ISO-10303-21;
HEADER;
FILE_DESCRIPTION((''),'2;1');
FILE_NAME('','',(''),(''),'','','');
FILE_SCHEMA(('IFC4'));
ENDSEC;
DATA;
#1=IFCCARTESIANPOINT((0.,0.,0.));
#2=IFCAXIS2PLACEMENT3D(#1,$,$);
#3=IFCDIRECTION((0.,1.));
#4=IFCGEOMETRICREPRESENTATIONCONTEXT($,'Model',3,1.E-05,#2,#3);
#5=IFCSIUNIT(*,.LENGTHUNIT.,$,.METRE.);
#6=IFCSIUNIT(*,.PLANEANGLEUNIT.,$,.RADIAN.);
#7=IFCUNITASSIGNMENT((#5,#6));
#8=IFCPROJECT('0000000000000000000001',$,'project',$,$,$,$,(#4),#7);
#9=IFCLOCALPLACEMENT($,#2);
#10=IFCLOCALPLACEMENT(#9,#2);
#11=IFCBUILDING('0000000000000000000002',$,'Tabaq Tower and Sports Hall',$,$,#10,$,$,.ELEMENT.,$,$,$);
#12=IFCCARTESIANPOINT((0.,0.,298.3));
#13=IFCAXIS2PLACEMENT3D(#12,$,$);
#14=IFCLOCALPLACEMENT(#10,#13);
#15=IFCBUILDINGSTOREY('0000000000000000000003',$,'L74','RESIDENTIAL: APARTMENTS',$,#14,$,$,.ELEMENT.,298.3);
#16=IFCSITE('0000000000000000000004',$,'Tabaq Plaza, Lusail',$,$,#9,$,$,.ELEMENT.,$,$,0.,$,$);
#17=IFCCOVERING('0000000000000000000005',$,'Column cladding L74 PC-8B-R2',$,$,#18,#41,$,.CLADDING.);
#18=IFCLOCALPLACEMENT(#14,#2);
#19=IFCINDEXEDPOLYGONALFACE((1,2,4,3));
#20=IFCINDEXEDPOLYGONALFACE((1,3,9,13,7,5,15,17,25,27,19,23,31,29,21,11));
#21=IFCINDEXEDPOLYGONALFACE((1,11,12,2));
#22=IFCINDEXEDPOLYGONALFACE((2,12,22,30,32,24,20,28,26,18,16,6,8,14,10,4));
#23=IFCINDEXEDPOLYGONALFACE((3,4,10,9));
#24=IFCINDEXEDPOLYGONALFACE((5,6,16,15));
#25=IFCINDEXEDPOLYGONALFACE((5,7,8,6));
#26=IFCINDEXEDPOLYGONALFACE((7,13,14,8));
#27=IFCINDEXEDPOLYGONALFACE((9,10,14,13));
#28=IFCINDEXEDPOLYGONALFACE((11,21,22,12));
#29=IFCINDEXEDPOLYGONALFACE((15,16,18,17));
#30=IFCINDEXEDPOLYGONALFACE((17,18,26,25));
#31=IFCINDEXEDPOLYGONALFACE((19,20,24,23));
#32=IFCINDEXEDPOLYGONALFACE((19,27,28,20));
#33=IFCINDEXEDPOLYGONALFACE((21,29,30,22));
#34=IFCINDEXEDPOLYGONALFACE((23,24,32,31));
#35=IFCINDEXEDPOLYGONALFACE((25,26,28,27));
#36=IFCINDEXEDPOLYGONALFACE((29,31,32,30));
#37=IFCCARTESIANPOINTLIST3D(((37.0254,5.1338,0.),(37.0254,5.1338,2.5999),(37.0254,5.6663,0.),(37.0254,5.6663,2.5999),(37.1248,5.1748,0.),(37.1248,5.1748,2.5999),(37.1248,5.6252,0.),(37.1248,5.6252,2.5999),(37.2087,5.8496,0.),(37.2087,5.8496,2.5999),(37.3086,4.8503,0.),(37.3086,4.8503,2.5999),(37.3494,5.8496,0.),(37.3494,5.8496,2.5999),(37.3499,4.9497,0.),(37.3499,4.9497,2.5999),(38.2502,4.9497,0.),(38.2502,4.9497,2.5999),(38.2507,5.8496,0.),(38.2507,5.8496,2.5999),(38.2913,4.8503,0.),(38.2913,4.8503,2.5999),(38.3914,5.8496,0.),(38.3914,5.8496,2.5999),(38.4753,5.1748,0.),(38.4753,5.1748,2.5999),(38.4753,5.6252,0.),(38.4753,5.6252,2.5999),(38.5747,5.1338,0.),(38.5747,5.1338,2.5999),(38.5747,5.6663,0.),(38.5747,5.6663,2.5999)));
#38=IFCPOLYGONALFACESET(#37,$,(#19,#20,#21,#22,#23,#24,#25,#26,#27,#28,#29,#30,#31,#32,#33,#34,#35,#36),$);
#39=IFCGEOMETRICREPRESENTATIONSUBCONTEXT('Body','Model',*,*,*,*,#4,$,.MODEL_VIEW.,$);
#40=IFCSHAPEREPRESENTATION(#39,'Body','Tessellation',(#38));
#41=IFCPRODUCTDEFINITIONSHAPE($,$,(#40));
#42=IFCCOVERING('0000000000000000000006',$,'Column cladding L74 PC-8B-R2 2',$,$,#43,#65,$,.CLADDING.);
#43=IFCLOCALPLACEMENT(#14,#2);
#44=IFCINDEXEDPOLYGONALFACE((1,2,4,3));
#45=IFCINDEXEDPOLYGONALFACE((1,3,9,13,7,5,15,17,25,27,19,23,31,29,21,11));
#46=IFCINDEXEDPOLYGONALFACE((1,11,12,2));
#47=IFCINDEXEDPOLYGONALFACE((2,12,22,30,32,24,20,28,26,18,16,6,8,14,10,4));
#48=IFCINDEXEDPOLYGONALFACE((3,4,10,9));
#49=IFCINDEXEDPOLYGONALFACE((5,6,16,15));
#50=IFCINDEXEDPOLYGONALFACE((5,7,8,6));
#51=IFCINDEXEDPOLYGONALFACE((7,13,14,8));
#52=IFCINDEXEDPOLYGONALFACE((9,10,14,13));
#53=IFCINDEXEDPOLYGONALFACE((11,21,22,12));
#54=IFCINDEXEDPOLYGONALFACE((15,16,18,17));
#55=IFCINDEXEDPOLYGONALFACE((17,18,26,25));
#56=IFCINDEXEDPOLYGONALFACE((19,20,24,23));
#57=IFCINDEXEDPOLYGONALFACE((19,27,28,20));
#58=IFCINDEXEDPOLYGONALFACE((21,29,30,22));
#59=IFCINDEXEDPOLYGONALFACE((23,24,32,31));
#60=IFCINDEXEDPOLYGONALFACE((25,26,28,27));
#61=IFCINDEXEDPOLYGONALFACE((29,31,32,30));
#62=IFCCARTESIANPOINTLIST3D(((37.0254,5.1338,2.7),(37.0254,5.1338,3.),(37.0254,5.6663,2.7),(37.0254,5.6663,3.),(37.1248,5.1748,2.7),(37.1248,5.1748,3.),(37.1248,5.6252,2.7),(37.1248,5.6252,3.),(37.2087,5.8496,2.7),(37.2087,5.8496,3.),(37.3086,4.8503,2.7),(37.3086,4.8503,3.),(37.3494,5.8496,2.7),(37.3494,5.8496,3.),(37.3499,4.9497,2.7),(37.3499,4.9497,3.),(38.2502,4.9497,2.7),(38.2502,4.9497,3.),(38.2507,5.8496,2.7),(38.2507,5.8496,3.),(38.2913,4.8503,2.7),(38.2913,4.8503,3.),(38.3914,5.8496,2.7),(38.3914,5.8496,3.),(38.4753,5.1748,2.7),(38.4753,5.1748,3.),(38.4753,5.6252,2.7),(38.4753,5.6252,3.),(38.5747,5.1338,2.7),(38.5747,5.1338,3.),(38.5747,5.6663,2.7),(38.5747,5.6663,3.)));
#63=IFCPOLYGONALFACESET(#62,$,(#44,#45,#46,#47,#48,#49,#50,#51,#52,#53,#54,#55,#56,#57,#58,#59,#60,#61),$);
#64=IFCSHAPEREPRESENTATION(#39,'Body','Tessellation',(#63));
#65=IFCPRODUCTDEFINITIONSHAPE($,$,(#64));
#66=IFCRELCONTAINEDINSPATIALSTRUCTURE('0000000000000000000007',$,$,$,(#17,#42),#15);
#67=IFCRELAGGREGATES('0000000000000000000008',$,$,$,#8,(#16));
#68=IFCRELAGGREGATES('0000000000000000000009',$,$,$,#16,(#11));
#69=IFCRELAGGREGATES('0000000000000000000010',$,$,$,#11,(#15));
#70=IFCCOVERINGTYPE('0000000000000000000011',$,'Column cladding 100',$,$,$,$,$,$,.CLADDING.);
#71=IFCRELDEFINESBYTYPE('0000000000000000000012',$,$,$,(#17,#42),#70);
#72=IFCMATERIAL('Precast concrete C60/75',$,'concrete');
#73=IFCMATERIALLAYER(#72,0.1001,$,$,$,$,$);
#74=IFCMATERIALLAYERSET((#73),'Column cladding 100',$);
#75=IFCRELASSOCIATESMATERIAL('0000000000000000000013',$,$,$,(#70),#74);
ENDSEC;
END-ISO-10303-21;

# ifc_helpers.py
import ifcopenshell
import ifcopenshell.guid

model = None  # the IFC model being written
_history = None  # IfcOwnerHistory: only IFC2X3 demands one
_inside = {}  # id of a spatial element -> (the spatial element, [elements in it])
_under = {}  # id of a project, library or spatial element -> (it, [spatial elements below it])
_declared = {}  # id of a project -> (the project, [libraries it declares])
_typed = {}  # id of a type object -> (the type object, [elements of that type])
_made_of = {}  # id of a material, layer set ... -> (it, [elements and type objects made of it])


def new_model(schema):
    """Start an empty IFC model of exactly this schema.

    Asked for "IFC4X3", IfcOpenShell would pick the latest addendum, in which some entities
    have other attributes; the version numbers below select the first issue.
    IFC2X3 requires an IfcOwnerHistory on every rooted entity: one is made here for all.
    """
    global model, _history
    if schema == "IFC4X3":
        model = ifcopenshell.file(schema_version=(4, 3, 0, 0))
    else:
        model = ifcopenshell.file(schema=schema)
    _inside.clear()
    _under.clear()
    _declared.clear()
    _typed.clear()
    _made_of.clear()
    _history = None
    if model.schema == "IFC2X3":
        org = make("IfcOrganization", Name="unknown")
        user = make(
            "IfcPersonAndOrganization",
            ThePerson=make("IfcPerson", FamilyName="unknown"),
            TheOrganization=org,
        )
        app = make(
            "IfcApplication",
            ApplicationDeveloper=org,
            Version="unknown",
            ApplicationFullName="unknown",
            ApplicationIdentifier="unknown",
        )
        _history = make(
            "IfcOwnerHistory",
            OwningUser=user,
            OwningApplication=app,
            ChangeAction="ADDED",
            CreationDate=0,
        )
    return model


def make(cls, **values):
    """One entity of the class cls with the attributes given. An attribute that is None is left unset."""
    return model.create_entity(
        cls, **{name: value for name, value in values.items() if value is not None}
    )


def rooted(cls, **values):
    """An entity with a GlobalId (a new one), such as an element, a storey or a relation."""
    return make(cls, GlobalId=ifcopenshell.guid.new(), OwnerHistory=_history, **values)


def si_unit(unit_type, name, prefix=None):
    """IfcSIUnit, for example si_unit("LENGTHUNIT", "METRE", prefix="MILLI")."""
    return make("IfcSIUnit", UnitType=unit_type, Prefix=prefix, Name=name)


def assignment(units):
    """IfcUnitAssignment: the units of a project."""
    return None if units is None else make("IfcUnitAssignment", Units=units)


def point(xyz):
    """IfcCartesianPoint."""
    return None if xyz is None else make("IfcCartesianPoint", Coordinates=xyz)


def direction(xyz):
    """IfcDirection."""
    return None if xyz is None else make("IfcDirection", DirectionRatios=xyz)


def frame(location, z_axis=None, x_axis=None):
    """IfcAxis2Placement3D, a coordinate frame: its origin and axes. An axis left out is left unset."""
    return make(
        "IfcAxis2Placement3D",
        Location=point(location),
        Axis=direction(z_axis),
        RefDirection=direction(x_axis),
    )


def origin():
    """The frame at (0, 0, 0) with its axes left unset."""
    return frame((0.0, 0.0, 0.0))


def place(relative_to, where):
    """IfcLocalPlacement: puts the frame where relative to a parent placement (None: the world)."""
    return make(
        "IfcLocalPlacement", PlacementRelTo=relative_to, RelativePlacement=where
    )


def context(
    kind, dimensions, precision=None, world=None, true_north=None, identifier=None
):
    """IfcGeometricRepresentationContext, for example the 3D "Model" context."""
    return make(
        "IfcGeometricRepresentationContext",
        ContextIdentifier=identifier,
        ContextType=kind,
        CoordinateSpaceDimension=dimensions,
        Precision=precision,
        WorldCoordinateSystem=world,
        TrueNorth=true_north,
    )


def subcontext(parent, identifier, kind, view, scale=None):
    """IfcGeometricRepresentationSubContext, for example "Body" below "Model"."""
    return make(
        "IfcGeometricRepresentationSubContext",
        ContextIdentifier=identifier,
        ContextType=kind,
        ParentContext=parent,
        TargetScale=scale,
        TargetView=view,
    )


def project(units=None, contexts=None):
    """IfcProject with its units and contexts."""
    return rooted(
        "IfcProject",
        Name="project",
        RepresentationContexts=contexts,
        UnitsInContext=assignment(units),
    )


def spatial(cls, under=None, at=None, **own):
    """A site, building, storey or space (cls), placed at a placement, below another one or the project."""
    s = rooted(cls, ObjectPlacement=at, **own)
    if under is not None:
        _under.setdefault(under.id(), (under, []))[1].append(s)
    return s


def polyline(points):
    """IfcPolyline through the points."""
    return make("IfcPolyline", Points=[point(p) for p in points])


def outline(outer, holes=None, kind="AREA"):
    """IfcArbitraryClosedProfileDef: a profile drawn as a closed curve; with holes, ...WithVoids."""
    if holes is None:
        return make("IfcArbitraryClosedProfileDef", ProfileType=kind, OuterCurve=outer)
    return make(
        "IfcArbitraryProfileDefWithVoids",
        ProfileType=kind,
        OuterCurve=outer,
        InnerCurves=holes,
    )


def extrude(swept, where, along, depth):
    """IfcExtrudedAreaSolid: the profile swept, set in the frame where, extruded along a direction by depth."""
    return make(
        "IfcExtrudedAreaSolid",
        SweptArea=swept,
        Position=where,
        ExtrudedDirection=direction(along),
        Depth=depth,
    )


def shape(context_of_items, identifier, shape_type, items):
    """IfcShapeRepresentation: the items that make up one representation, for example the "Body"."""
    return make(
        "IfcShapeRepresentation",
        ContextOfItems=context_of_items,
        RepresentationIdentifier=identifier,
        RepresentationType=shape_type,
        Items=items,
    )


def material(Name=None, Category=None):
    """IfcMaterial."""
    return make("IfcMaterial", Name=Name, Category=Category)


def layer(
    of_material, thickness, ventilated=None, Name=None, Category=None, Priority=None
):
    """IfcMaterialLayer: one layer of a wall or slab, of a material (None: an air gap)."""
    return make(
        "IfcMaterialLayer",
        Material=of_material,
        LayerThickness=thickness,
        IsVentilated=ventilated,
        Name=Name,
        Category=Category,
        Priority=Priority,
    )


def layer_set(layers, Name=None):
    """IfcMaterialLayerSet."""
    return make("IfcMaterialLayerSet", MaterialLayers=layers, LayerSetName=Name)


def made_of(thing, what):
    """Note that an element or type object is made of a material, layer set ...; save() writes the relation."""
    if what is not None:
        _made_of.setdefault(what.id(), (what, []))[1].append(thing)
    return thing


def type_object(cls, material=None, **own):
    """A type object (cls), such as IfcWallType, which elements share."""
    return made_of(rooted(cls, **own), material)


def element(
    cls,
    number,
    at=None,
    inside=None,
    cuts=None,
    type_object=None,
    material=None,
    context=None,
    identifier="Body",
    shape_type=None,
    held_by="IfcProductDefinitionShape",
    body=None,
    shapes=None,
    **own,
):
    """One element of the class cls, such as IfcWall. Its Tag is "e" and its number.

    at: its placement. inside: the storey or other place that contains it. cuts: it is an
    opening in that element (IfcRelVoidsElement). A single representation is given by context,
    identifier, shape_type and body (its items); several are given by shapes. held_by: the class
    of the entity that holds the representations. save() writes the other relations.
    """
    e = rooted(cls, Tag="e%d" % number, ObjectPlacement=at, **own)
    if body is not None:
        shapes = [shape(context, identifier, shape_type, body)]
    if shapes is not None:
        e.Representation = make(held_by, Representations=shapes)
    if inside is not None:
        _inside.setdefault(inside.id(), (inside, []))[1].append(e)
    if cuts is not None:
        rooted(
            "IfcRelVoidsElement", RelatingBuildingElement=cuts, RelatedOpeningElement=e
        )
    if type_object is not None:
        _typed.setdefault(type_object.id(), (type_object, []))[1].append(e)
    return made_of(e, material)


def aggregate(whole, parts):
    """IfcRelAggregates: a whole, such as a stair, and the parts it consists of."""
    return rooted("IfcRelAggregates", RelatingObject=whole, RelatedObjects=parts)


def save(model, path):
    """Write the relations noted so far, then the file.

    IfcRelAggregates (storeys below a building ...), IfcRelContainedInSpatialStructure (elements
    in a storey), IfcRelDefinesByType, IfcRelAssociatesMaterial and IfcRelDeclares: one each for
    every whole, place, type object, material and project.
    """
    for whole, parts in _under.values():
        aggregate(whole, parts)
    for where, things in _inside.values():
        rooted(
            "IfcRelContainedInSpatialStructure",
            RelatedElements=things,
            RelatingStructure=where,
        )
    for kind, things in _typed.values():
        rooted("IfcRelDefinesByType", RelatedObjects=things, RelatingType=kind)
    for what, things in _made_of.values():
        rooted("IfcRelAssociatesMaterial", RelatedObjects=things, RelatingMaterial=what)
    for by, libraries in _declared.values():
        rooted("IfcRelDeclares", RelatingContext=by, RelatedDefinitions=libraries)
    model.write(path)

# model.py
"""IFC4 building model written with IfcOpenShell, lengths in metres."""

from ifc_helpers import new_model, si_unit, direction, frame, origin, place, context, subcontext, project, spatial, polyline, outline, extrude, material, layer, layer_set, type_object, element, save


model = new_model("IFC4")

# Units and contexts
model_context = context("Model", 3, precision=1e-05, world=origin(), true_north=direction((0.0, 1.0)))
body_context = subcontext(model_context, "Body", "Model", "MODEL_VIEW")
ifc_project = project(units=[si_unit("LENGTHUNIT", "METRE"), si_unit("PLANEANGLEUNIT", "RADIAN")], contexts=[model_context])

# Site, building, storey
site_placement = place(None, origin())
site = spatial("IfcSite", under=ifc_project, at=site_placement, Name="Tabaq Plaza, Lusail", CompositionType="ELEMENT", RefElevation=0.0)
building_placement = place(site_placement, origin())
building = spatial("IfcBuilding", under=site, at=building_placement, Name="Tabaq Tower and Sports Hall", CompositionType="ELEMENT")
storey_placement = place(building_placement, frame((0.0, 0.0, 298.3)))
storey = spatial("IfcBuildingStorey", under=building, at=storey_placement, Name="L74", Description="RESIDENTIAL: APARTMENTS", CompositionType="ELEMENT", Elevation=298.3)

# Coverings
ifc_material_1 = material(Name="Precast concrete C60/75", Category="concrete")
ifc_layer_1 = layer(ifc_material_1, 0.1001)
ifc_layer_set_1 = layer_set([ifc_layer_1], Name="Column cladding 100")
covering_type = type_object("IfcCoveringType", Name="Column cladding 100", PredefinedType="CLADDING", material=ifc_layer_set_1)
covering_1_placement = place(storey_placement, origin())
element("IfcCovering", 1, at=covering_1_placement, inside=storey, type_object=covering_type, Name="Column cladding L74 PC-8B-R2", PredefinedType="CLADDING", context=body_context, shape_type="SweptSolid", body=[
    extrude(outline(polyline([(37.0254, 5.6663), (37.2087, 5.8496), (37.3494, 5.8496), (37.1248, 5.6252), (37.1248, 5.1748), (37.3499, 4.9497), (38.2502, 4.9497), (38.4753, 5.1748), (38.4753, 5.6252), (38.2507, 5.8496), (38.3914, 5.8496), (38.5747, 5.6663), (38.5747, 5.1338), (38.2913, 4.8503), (37.3086, 4.8503), (37.0254, 5.1338), (37.0254, 5.6663)])), origin(), (0.0, 0.0, 1.0), 2.5999),
])
covering_2_placement = place(storey_placement, frame((0.0, 0.0, 2.7)))
element("IfcCovering", 2, at=covering_2_placement, inside=storey, type_object=covering_type, Name="Column cladding L74 PC-8B-R2 2", PredefinedType="CLADDING", context=body_context, shape_type="SweptSolid", body=[
    extrude(outline(polyline([(37.0254, 5.6663), (37.2087, 5.8496), (37.3494, 5.8496), (37.1248, 5.6252), (37.1248, 5.1748), (37.3499, 4.9497), (38.2502, 4.9497), (38.4753, 5.1748), (38.4753, 5.6252), (38.2507, 5.8496), (38.3914, 5.8496), (38.5747, 5.6663), (38.5747, 5.1338), (38.2913, 4.8503), (37.3086, 4.8503), (37.0254, 5.1338), (37.0254, 5.6663)])), origin(), (0.0, 0.0, 1.0), 0.3),
])

save(model, "model.ifc")
